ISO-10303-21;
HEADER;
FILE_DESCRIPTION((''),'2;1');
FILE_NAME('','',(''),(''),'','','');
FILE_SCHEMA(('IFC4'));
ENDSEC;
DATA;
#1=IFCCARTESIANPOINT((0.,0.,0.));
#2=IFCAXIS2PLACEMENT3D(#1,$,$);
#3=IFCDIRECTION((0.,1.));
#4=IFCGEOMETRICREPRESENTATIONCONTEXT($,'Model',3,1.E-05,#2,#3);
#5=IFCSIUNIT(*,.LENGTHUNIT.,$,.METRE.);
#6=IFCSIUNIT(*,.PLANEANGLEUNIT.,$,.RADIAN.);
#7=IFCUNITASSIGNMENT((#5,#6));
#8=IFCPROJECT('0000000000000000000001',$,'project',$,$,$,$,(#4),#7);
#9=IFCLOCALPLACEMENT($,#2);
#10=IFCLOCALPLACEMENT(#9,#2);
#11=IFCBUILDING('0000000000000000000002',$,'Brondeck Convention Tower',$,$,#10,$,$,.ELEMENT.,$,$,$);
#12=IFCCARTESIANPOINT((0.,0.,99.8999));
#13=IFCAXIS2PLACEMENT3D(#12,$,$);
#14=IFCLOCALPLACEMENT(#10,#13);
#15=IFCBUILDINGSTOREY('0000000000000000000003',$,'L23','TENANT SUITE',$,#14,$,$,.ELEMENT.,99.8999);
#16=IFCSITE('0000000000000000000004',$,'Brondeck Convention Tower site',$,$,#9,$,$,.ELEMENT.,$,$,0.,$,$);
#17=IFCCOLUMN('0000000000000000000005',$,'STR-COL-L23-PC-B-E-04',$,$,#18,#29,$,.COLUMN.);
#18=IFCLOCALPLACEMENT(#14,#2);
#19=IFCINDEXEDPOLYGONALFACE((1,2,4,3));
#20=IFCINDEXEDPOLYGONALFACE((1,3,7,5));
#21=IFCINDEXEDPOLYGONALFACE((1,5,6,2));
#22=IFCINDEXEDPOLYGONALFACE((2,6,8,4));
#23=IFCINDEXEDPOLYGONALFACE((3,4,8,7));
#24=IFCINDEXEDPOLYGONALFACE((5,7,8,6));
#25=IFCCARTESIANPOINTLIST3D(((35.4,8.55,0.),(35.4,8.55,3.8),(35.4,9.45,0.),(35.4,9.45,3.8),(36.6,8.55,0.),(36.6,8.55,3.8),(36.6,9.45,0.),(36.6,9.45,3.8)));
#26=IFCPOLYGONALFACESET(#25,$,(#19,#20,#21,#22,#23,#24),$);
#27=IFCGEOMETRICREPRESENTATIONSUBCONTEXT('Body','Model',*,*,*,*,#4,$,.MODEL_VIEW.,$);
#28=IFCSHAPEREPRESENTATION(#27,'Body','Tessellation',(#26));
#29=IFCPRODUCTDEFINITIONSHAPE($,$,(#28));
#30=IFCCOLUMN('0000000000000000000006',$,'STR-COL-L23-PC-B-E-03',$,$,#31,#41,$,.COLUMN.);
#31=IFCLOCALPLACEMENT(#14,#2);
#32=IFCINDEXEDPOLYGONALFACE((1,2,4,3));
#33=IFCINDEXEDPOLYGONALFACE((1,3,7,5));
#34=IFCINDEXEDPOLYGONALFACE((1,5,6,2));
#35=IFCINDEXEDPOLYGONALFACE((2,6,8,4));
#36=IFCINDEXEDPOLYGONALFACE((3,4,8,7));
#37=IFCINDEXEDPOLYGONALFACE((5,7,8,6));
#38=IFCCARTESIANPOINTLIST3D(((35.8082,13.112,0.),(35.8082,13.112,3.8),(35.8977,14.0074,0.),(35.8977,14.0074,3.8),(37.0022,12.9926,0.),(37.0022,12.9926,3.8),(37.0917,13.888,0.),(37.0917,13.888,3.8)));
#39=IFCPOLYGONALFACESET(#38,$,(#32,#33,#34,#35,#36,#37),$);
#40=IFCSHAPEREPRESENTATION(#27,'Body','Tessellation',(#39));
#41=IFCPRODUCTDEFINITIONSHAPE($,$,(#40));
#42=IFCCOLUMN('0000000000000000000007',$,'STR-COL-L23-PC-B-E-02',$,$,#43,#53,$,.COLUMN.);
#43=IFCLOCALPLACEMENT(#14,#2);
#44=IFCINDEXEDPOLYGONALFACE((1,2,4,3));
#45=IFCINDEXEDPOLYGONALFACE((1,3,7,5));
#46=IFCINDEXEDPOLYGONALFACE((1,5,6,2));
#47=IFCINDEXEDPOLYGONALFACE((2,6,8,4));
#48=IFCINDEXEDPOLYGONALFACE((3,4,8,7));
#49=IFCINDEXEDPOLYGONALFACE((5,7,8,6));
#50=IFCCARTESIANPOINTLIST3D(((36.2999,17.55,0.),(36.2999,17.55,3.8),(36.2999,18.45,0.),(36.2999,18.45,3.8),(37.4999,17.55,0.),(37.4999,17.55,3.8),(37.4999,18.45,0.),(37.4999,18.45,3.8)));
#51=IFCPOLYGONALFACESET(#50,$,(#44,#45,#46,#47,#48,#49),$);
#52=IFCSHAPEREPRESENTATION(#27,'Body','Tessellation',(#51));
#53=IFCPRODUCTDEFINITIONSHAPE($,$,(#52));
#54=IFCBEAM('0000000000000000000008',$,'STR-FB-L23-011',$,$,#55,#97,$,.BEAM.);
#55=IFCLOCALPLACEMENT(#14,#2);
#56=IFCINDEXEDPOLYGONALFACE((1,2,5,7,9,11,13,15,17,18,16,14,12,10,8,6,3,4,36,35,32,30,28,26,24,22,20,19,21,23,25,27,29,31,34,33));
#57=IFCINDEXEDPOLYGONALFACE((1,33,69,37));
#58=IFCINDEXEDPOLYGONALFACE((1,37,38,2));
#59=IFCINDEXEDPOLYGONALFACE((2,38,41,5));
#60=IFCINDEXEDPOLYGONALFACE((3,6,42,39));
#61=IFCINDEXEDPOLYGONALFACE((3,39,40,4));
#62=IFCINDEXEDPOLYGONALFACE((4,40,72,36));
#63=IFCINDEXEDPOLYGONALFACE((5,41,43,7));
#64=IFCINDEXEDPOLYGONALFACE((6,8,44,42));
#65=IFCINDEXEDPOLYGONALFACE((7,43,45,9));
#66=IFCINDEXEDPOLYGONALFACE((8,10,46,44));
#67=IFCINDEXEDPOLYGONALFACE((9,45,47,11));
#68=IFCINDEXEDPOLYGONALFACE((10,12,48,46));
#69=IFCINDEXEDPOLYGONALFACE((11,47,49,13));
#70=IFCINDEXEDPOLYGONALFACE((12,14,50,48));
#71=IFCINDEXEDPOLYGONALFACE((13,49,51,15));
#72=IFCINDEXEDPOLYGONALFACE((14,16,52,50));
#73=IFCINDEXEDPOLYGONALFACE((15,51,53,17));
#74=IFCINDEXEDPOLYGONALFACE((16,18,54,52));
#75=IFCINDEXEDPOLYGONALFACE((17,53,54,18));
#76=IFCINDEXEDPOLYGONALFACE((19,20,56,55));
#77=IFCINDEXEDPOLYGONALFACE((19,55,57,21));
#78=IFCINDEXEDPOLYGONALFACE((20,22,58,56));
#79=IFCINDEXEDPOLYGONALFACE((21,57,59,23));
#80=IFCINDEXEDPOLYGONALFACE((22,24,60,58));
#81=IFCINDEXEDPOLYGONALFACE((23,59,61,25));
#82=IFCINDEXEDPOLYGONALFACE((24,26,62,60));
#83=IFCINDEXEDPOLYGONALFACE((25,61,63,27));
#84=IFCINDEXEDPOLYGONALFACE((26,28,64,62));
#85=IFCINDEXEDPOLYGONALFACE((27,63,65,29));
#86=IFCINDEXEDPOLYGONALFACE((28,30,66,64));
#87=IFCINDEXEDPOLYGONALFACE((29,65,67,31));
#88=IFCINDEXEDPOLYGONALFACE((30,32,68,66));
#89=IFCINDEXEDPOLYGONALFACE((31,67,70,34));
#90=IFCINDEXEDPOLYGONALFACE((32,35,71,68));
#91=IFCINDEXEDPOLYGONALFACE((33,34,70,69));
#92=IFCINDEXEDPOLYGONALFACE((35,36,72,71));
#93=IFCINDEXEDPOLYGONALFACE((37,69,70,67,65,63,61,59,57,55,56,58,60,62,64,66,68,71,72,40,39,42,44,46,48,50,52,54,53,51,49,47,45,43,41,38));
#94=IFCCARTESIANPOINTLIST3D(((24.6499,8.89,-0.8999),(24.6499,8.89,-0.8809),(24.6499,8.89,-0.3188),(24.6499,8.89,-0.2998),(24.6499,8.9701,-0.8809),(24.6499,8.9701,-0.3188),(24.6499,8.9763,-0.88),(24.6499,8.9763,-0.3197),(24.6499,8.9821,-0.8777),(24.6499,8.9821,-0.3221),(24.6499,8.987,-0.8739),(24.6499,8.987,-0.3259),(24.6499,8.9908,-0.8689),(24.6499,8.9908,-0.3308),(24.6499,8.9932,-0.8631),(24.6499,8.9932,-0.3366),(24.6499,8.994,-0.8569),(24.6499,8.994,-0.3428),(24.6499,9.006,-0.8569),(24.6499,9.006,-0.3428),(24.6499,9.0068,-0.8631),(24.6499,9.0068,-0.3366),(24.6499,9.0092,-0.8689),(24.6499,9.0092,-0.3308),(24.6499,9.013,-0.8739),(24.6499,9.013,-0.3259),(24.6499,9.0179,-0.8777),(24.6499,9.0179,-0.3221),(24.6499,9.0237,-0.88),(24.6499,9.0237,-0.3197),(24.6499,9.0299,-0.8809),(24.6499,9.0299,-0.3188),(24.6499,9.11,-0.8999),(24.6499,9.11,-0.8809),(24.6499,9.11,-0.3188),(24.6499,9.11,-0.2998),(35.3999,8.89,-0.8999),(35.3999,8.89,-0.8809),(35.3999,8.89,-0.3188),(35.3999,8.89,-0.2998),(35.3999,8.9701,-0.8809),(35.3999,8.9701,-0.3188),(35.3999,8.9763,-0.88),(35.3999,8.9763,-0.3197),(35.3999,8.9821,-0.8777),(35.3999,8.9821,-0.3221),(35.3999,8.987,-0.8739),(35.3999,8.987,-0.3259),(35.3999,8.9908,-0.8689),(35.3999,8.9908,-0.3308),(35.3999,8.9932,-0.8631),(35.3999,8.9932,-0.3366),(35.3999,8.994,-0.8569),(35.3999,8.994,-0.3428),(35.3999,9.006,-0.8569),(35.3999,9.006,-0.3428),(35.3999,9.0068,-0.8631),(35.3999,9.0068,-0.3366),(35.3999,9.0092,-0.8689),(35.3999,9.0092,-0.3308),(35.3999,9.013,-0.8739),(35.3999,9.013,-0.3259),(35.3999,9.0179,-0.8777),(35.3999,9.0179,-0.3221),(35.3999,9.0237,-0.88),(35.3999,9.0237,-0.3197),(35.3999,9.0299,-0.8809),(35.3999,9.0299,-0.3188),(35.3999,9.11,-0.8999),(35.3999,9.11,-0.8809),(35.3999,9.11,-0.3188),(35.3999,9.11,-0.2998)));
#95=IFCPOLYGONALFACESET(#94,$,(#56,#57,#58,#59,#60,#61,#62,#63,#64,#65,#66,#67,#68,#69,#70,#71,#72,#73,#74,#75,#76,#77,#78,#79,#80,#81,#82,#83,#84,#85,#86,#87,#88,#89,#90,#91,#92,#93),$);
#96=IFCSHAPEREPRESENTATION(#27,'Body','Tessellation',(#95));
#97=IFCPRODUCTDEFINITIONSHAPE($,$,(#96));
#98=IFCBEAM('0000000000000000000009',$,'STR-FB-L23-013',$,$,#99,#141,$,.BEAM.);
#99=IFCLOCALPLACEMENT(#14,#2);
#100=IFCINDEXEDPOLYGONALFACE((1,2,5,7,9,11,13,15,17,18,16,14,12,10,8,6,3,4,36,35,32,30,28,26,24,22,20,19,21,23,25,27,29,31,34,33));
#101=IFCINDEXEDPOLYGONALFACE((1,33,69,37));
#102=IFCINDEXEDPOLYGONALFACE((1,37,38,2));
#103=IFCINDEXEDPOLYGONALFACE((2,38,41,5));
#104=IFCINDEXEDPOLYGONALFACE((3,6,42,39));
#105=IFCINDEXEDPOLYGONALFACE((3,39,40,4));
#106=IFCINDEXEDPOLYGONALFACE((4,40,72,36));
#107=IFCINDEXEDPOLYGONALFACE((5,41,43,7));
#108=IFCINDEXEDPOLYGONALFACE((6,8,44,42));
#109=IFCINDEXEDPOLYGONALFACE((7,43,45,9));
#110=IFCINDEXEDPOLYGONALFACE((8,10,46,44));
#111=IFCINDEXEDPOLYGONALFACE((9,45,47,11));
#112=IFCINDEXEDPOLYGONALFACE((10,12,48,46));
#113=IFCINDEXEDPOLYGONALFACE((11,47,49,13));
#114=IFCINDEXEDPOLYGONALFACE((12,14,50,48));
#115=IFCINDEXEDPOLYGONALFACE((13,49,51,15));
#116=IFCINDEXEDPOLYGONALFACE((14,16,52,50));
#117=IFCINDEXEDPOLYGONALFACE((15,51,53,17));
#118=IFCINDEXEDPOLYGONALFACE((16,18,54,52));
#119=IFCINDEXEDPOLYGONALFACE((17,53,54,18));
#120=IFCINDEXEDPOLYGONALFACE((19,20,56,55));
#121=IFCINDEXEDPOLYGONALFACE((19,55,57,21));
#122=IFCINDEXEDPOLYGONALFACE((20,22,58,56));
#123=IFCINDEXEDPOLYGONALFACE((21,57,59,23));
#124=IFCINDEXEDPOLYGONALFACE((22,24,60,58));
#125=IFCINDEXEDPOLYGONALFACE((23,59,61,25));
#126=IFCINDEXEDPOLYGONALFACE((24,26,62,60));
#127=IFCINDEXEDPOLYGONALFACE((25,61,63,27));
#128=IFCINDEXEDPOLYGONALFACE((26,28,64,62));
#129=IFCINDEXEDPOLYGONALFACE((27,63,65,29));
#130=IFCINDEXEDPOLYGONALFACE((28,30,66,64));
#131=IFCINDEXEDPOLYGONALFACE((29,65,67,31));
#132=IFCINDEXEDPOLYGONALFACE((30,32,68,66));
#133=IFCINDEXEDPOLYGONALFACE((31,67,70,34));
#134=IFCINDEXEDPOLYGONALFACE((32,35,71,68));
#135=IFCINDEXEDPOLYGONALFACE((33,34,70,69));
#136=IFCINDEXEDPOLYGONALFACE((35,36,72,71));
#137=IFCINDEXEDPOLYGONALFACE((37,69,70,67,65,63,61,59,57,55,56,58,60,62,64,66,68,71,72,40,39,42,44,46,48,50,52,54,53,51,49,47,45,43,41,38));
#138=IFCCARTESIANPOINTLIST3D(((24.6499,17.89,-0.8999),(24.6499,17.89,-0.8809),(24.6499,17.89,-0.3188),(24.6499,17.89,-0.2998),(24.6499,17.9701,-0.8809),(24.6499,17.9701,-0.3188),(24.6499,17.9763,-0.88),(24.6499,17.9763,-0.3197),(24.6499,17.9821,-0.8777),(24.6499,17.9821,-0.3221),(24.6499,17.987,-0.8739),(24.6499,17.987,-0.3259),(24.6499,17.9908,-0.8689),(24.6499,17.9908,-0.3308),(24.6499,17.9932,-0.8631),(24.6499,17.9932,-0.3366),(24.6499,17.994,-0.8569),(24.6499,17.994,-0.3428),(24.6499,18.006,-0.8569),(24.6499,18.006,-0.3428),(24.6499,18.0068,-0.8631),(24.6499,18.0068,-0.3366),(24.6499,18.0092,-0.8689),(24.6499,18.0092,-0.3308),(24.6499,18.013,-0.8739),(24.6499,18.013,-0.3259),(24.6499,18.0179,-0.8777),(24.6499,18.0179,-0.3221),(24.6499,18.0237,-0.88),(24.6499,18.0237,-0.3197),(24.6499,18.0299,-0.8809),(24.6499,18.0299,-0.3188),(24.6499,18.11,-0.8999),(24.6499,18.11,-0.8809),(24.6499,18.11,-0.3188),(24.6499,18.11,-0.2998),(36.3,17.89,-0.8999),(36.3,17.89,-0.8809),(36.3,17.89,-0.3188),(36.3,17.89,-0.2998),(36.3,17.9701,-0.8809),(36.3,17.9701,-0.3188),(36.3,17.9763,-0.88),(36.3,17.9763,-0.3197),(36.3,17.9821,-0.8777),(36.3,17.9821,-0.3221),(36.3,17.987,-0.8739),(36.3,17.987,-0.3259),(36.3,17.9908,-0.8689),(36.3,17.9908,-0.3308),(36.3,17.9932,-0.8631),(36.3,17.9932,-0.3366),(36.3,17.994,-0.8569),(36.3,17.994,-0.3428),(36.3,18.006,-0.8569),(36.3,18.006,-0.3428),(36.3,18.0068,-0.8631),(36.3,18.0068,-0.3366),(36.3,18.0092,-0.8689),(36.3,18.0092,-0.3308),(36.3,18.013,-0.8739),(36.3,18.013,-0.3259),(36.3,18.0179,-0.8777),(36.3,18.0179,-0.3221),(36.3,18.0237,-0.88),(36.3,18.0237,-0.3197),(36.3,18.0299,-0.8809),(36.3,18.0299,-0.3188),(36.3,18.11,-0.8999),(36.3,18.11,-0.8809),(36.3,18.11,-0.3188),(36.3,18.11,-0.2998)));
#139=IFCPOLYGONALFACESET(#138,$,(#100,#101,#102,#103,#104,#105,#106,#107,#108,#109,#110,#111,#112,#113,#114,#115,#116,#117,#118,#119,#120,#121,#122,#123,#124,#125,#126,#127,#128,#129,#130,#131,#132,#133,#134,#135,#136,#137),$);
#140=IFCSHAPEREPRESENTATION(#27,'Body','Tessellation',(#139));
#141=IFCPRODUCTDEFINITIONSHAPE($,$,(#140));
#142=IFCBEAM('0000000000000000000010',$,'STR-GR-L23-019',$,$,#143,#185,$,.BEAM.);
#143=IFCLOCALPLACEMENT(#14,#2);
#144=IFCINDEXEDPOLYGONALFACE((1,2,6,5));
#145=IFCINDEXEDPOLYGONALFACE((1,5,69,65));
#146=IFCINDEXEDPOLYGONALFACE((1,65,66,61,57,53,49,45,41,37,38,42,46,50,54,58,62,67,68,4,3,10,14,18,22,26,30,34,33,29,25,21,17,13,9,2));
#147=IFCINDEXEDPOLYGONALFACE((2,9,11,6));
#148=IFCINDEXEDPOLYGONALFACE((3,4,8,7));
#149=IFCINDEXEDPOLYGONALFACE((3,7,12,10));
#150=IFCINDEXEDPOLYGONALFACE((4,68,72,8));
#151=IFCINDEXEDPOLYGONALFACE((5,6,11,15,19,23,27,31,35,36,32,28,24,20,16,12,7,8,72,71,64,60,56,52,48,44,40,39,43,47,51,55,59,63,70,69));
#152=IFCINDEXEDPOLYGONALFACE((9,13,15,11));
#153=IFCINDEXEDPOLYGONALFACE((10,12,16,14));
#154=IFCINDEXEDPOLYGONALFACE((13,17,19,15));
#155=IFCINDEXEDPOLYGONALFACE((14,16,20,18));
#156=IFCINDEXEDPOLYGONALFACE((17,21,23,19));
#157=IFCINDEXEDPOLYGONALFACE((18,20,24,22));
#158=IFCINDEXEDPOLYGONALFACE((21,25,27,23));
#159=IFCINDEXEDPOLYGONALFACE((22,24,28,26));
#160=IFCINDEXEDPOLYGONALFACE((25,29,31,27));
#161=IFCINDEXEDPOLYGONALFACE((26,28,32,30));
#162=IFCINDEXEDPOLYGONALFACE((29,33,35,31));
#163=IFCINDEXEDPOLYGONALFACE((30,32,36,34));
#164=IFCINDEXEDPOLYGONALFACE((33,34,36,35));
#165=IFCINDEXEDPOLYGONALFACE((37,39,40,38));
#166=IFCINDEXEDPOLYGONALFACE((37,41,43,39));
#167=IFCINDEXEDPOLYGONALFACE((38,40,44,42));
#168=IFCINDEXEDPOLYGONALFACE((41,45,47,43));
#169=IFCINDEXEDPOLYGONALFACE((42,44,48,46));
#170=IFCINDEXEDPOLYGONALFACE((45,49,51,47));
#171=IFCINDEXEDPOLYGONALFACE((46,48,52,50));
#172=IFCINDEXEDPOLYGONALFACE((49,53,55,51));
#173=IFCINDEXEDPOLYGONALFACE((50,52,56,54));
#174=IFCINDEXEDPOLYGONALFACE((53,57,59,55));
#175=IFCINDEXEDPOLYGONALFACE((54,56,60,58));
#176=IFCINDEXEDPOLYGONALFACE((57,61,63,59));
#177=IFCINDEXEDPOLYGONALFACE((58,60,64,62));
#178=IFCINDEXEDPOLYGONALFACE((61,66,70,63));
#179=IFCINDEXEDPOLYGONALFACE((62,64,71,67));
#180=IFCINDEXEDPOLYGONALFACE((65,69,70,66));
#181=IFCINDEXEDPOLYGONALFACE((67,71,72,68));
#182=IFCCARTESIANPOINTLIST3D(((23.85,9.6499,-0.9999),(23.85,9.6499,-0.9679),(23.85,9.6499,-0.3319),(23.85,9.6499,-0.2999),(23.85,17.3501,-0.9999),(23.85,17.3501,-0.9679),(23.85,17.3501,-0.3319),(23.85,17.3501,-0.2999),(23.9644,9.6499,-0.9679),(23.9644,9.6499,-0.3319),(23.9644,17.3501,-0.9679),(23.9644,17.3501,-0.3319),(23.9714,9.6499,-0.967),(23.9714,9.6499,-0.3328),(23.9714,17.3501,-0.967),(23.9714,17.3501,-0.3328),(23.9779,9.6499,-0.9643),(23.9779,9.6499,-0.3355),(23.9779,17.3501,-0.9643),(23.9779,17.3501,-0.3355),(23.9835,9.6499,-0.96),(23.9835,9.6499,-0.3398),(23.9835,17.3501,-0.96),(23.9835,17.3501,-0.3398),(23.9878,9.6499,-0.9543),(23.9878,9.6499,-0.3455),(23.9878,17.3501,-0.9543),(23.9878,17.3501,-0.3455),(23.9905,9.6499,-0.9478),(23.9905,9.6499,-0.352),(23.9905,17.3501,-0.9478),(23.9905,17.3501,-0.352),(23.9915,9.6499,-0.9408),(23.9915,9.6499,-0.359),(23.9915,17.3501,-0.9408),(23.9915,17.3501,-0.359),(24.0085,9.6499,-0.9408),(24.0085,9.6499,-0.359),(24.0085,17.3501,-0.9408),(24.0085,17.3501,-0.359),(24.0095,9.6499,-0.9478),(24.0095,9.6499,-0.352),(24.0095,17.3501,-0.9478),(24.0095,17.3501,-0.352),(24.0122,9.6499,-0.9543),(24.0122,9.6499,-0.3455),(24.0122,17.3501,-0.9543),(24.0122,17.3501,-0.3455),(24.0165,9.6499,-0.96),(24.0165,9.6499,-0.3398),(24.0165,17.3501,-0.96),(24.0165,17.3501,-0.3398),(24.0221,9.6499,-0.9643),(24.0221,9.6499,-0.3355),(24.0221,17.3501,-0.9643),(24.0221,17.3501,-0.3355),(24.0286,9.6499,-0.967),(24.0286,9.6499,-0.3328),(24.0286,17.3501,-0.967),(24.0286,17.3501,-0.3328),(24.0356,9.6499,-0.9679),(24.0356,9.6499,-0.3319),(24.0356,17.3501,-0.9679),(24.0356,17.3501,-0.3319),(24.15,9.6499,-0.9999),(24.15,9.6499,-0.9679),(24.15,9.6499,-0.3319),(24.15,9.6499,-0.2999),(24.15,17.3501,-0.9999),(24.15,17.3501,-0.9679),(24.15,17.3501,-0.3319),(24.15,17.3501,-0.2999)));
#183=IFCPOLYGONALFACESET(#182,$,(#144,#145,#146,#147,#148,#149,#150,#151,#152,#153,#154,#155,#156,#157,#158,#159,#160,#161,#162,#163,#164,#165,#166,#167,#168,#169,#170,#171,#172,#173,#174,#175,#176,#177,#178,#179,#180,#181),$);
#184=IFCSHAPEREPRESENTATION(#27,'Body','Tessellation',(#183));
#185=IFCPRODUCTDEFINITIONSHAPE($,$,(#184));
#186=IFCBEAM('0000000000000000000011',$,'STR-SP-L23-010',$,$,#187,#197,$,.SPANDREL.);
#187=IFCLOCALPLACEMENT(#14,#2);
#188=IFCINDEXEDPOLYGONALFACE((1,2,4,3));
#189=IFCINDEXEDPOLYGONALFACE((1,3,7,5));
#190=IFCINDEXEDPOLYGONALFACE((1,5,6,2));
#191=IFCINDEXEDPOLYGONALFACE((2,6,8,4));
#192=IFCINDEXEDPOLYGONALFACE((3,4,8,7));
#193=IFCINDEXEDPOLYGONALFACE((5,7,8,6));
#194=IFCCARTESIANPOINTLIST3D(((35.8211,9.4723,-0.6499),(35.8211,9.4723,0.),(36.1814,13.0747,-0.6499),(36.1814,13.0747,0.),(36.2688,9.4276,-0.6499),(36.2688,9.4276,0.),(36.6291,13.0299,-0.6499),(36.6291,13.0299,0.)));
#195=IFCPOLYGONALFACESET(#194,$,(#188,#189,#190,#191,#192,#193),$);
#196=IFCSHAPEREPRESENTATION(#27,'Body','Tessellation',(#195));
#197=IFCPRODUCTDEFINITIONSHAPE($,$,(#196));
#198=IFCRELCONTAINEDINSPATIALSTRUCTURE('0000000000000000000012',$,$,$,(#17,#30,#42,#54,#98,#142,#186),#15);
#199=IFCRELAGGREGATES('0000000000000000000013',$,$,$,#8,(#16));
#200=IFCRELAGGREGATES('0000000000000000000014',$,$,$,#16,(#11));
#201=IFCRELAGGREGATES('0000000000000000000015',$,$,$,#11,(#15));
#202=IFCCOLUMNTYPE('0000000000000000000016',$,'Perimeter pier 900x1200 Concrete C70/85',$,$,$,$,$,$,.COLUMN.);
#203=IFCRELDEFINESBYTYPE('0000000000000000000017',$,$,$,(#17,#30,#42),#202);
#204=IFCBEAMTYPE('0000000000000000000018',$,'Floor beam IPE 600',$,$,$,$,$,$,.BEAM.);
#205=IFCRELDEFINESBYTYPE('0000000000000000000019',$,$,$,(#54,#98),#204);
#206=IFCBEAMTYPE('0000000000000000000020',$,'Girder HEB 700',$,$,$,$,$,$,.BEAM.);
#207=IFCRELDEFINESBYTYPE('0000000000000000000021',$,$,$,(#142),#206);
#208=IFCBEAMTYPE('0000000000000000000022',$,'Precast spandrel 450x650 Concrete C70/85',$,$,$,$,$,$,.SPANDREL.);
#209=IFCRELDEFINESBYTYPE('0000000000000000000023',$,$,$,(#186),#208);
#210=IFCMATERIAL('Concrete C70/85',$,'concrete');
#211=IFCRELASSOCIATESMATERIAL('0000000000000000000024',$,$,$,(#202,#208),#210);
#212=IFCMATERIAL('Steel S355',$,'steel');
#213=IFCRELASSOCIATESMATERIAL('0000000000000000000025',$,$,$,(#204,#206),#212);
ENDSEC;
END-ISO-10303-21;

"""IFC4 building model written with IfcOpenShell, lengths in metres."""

from ifc_helpers import new_model, si_unit, direction, frame, origin, origin_2d, place, context, subcontext, project, spatial, rectangle, i_section, extrude, material, material_profile, profile_set, type_object, element, save


model = new_model("IFC4")

# Units and contexts
model_context = context("Model", 3, precision=1e-05, world=origin(), true_north=direction((0.0, 1.0)))
body_context = subcontext(model_context, "Body", "Model", "MODEL_VIEW")
ifc_project = project(units=[si_unit("LENGTHUNIT", "METRE"), si_unit("PLANEANGLEUNIT", "RADIAN")], contexts=[model_context])

# Site, building, storey
site_placement = place(None, origin())
site = spatial("IfcSite", under=ifc_project, at=site_placement, Name="Brondeck Convention Tower site", CompositionType="ELEMENT", RefElevation=0.0)
building_placement = place(site_placement, origin())
building = spatial("IfcBuilding", under=site, at=building_placement, Name="Brondeck Convention Tower", CompositionType="ELEMENT")
storey_placement = place(building_placement, frame((0.0, 0.0, 99.8999)))
storey = spatial("IfcBuildingStorey", under=building, at=storey_placement, Name="L23", Description="TENANT SUITE", CompositionType="ELEMENT", Elevation=99.8999)

# Columns
ifc_material_1 = material(Name="Concrete C70/85", Category="concrete")
ifc_material_profile_1 = material_profile(ifc_material_1, rectangle(XDim=0.8999, YDim=1.2, at=origin_2d()), Name="Perimeter pier 900x1200 Concrete C70/85")
ifc_profile_set_1 = profile_set([ifc_material_profile_1], Name="Concrete C70/85")
column_type = type_object("IfcColumnType", Name="Perimeter pier 900x1200 Concrete C70/85", PredefinedType="COLUMN", material=ifc_profile_set_1)
for number, where, z_axis, x_axis, name in (
    (1, (36.0, 9.0, 0.0), (0.0, 0.0, 1.0), (0.0, 1.0, 0.0), "STR-COL-L23-PC-B-E-04"),
    (2, (36.45, 13.5, 0.0), (0.0, 0.0, 1.0), (0.099504, 0.995037, 0.0), "STR-COL-L23-PC-B-E-03"),
    (3, (36.8999, 18.0, 0.0), (0.0, 0.0, 1.0), (0.0, 1.0, 0.0), "STR-COL-L23-PC-B-E-02"),
):
    element("IfcColumn", number, at=place(storey_placement, frame(where, z_axis=z_axis, x_axis=x_axis)), inside=storey, type_object=column_type, Name=name, PredefinedType="COLUMN", context=body_context, shape_type="SweptSolid", body=[
        extrude(rectangle(XDim=0.8999, YDim=1.2, at=origin_2d()), origin(), (0.0, 0.0, 1.0), 3.8),
    ])

# Beams
ifc_material_2 = material(Name="Steel S355", Category="steel")
ifc_material_profile_2 = material_profile(ifc_material_2, i_section(OverallWidth=0.22, OverallDepth=0.6001, WebThickness=0.012, FlangeThickness=0.019, FilletRadius=0.0239, at=origin_2d()), Name="IPE 600")
ifc_profile_set_2 = profile_set([ifc_material_profile_2], Name="Steel S355")
beam_type_1 = type_object("IfcBeamType", Name="Floor beam IPE 600", PredefinedType="BEAM", material=ifc_profile_set_2)
beam_1_placement = place(storey_placement, frame((24.6499, 9.0, -0.5999), z_axis=(1.0, 0.0, 0.0), x_axis=(0.0, 1.0, 0.0)))
element("IfcBeam", 4, at=beam_1_placement, inside=storey, type_object=beam_type_1, Name="STR-FB-L23-011", PredefinedType="BEAM", context=body_context, shape_type="SweptSolid", body=[
    extrude(i_section(OverallWidth=0.22, OverallDepth=0.6001, WebThickness=0.012, FlangeThickness=0.019, FilletRadius=0.0239, at=origin_2d()), origin(), (0.0, 0.0, 1.0), 10.75),
])
beam_2_placement = place(storey_placement, frame((24.6499, 18.0, -0.5999), z_axis=(1.0, 0.0, 0.0), x_axis=(0.0, 1.0, 0.0)))
element("IfcBeam", 5, at=beam_2_placement, inside=storey, type_object=beam_type_1, Name="STR-FB-L23-013", PredefinedType="BEAM", context=body_context, shape_type="SweptSolid", body=[
    extrude(i_section(OverallWidth=0.22, OverallDepth=0.6001, WebThickness=0.012, FlangeThickness=0.019, FilletRadius=0.0239, at=origin_2d()), origin(), (0.0, 0.0, 1.0), 11.6501),
])
ifc_material_profile_3 = material_profile(ifc_material_2, i_section(OverallWidth=0.3, OverallDepth=0.7, WebThickness=0.0171, FlangeThickness=0.032, FilletRadius=0.0271, at=origin_2d()), Name="HEB 700")
ifc_profile_set_3 = profile_set([ifc_material_profile_3], Name="Steel S355")
beam_type_2 = type_object("IfcBeamType", Name="Girder HEB 700", PredefinedType="BEAM", material=ifc_profile_set_3)
beam_3_placement = place(storey_placement, frame((24.0, 17.3501, -0.6499), z_axis=(0.0, -1.0, 0.0), x_axis=(1.0, 0.0, 0.0)))
element("IfcBeam", 6, at=beam_3_placement, inside=storey, type_object=beam_type_2, Name="STR-GR-L23-019", PredefinedType="BEAM", context=body_context, shape_type="SweptSolid", body=[
    extrude(i_section(OverallWidth=0.3, OverallDepth=0.7, WebThickness=0.0171, FlangeThickness=0.032, FilletRadius=0.0271, at=origin_2d()), origin(), (0.0, 0.0, 1.0), 7.7002),
])
ifc_material_profile_4 = material_profile(ifc_material_1, rectangle(XDim=0.45, YDim=0.6499, at=origin_2d()), Name="Precast spandrel 450x650 Concrete C70/85")
ifc_profile_set_4 = profile_set([ifc_material_profile_4], Name="Concrete C70/85")
beam_type_3 = type_object("IfcBeamType", Name="Precast spandrel 450x650 Concrete C70/85", PredefinedType="SPANDREL", material=ifc_profile_set_4)
for number, where, z_axis, x_axis, name in (
    (7, (36.0449, 9.45, -0.325), (0.099537, 0.995034, 0.0), (-0.995034, 0.099537, 0.0), "STR-SP-L23-010"),
):
    element("IfcBeam", number, at=place(storey_placement, frame(where, z_axis=z_axis, x_axis=x_axis)), inside=storey, type_object=beam_type_3, Name=name, PredefinedType="SPANDREL", context=body_context, shape_type="SweptSolid", body=[
        extrude(rectangle(XDim=0.45, YDim=0.6499, at=origin_2d()), origin(), (0.0, 0.0, 1.0), 3.6204),
    ])

save(model, "model.ifc")
